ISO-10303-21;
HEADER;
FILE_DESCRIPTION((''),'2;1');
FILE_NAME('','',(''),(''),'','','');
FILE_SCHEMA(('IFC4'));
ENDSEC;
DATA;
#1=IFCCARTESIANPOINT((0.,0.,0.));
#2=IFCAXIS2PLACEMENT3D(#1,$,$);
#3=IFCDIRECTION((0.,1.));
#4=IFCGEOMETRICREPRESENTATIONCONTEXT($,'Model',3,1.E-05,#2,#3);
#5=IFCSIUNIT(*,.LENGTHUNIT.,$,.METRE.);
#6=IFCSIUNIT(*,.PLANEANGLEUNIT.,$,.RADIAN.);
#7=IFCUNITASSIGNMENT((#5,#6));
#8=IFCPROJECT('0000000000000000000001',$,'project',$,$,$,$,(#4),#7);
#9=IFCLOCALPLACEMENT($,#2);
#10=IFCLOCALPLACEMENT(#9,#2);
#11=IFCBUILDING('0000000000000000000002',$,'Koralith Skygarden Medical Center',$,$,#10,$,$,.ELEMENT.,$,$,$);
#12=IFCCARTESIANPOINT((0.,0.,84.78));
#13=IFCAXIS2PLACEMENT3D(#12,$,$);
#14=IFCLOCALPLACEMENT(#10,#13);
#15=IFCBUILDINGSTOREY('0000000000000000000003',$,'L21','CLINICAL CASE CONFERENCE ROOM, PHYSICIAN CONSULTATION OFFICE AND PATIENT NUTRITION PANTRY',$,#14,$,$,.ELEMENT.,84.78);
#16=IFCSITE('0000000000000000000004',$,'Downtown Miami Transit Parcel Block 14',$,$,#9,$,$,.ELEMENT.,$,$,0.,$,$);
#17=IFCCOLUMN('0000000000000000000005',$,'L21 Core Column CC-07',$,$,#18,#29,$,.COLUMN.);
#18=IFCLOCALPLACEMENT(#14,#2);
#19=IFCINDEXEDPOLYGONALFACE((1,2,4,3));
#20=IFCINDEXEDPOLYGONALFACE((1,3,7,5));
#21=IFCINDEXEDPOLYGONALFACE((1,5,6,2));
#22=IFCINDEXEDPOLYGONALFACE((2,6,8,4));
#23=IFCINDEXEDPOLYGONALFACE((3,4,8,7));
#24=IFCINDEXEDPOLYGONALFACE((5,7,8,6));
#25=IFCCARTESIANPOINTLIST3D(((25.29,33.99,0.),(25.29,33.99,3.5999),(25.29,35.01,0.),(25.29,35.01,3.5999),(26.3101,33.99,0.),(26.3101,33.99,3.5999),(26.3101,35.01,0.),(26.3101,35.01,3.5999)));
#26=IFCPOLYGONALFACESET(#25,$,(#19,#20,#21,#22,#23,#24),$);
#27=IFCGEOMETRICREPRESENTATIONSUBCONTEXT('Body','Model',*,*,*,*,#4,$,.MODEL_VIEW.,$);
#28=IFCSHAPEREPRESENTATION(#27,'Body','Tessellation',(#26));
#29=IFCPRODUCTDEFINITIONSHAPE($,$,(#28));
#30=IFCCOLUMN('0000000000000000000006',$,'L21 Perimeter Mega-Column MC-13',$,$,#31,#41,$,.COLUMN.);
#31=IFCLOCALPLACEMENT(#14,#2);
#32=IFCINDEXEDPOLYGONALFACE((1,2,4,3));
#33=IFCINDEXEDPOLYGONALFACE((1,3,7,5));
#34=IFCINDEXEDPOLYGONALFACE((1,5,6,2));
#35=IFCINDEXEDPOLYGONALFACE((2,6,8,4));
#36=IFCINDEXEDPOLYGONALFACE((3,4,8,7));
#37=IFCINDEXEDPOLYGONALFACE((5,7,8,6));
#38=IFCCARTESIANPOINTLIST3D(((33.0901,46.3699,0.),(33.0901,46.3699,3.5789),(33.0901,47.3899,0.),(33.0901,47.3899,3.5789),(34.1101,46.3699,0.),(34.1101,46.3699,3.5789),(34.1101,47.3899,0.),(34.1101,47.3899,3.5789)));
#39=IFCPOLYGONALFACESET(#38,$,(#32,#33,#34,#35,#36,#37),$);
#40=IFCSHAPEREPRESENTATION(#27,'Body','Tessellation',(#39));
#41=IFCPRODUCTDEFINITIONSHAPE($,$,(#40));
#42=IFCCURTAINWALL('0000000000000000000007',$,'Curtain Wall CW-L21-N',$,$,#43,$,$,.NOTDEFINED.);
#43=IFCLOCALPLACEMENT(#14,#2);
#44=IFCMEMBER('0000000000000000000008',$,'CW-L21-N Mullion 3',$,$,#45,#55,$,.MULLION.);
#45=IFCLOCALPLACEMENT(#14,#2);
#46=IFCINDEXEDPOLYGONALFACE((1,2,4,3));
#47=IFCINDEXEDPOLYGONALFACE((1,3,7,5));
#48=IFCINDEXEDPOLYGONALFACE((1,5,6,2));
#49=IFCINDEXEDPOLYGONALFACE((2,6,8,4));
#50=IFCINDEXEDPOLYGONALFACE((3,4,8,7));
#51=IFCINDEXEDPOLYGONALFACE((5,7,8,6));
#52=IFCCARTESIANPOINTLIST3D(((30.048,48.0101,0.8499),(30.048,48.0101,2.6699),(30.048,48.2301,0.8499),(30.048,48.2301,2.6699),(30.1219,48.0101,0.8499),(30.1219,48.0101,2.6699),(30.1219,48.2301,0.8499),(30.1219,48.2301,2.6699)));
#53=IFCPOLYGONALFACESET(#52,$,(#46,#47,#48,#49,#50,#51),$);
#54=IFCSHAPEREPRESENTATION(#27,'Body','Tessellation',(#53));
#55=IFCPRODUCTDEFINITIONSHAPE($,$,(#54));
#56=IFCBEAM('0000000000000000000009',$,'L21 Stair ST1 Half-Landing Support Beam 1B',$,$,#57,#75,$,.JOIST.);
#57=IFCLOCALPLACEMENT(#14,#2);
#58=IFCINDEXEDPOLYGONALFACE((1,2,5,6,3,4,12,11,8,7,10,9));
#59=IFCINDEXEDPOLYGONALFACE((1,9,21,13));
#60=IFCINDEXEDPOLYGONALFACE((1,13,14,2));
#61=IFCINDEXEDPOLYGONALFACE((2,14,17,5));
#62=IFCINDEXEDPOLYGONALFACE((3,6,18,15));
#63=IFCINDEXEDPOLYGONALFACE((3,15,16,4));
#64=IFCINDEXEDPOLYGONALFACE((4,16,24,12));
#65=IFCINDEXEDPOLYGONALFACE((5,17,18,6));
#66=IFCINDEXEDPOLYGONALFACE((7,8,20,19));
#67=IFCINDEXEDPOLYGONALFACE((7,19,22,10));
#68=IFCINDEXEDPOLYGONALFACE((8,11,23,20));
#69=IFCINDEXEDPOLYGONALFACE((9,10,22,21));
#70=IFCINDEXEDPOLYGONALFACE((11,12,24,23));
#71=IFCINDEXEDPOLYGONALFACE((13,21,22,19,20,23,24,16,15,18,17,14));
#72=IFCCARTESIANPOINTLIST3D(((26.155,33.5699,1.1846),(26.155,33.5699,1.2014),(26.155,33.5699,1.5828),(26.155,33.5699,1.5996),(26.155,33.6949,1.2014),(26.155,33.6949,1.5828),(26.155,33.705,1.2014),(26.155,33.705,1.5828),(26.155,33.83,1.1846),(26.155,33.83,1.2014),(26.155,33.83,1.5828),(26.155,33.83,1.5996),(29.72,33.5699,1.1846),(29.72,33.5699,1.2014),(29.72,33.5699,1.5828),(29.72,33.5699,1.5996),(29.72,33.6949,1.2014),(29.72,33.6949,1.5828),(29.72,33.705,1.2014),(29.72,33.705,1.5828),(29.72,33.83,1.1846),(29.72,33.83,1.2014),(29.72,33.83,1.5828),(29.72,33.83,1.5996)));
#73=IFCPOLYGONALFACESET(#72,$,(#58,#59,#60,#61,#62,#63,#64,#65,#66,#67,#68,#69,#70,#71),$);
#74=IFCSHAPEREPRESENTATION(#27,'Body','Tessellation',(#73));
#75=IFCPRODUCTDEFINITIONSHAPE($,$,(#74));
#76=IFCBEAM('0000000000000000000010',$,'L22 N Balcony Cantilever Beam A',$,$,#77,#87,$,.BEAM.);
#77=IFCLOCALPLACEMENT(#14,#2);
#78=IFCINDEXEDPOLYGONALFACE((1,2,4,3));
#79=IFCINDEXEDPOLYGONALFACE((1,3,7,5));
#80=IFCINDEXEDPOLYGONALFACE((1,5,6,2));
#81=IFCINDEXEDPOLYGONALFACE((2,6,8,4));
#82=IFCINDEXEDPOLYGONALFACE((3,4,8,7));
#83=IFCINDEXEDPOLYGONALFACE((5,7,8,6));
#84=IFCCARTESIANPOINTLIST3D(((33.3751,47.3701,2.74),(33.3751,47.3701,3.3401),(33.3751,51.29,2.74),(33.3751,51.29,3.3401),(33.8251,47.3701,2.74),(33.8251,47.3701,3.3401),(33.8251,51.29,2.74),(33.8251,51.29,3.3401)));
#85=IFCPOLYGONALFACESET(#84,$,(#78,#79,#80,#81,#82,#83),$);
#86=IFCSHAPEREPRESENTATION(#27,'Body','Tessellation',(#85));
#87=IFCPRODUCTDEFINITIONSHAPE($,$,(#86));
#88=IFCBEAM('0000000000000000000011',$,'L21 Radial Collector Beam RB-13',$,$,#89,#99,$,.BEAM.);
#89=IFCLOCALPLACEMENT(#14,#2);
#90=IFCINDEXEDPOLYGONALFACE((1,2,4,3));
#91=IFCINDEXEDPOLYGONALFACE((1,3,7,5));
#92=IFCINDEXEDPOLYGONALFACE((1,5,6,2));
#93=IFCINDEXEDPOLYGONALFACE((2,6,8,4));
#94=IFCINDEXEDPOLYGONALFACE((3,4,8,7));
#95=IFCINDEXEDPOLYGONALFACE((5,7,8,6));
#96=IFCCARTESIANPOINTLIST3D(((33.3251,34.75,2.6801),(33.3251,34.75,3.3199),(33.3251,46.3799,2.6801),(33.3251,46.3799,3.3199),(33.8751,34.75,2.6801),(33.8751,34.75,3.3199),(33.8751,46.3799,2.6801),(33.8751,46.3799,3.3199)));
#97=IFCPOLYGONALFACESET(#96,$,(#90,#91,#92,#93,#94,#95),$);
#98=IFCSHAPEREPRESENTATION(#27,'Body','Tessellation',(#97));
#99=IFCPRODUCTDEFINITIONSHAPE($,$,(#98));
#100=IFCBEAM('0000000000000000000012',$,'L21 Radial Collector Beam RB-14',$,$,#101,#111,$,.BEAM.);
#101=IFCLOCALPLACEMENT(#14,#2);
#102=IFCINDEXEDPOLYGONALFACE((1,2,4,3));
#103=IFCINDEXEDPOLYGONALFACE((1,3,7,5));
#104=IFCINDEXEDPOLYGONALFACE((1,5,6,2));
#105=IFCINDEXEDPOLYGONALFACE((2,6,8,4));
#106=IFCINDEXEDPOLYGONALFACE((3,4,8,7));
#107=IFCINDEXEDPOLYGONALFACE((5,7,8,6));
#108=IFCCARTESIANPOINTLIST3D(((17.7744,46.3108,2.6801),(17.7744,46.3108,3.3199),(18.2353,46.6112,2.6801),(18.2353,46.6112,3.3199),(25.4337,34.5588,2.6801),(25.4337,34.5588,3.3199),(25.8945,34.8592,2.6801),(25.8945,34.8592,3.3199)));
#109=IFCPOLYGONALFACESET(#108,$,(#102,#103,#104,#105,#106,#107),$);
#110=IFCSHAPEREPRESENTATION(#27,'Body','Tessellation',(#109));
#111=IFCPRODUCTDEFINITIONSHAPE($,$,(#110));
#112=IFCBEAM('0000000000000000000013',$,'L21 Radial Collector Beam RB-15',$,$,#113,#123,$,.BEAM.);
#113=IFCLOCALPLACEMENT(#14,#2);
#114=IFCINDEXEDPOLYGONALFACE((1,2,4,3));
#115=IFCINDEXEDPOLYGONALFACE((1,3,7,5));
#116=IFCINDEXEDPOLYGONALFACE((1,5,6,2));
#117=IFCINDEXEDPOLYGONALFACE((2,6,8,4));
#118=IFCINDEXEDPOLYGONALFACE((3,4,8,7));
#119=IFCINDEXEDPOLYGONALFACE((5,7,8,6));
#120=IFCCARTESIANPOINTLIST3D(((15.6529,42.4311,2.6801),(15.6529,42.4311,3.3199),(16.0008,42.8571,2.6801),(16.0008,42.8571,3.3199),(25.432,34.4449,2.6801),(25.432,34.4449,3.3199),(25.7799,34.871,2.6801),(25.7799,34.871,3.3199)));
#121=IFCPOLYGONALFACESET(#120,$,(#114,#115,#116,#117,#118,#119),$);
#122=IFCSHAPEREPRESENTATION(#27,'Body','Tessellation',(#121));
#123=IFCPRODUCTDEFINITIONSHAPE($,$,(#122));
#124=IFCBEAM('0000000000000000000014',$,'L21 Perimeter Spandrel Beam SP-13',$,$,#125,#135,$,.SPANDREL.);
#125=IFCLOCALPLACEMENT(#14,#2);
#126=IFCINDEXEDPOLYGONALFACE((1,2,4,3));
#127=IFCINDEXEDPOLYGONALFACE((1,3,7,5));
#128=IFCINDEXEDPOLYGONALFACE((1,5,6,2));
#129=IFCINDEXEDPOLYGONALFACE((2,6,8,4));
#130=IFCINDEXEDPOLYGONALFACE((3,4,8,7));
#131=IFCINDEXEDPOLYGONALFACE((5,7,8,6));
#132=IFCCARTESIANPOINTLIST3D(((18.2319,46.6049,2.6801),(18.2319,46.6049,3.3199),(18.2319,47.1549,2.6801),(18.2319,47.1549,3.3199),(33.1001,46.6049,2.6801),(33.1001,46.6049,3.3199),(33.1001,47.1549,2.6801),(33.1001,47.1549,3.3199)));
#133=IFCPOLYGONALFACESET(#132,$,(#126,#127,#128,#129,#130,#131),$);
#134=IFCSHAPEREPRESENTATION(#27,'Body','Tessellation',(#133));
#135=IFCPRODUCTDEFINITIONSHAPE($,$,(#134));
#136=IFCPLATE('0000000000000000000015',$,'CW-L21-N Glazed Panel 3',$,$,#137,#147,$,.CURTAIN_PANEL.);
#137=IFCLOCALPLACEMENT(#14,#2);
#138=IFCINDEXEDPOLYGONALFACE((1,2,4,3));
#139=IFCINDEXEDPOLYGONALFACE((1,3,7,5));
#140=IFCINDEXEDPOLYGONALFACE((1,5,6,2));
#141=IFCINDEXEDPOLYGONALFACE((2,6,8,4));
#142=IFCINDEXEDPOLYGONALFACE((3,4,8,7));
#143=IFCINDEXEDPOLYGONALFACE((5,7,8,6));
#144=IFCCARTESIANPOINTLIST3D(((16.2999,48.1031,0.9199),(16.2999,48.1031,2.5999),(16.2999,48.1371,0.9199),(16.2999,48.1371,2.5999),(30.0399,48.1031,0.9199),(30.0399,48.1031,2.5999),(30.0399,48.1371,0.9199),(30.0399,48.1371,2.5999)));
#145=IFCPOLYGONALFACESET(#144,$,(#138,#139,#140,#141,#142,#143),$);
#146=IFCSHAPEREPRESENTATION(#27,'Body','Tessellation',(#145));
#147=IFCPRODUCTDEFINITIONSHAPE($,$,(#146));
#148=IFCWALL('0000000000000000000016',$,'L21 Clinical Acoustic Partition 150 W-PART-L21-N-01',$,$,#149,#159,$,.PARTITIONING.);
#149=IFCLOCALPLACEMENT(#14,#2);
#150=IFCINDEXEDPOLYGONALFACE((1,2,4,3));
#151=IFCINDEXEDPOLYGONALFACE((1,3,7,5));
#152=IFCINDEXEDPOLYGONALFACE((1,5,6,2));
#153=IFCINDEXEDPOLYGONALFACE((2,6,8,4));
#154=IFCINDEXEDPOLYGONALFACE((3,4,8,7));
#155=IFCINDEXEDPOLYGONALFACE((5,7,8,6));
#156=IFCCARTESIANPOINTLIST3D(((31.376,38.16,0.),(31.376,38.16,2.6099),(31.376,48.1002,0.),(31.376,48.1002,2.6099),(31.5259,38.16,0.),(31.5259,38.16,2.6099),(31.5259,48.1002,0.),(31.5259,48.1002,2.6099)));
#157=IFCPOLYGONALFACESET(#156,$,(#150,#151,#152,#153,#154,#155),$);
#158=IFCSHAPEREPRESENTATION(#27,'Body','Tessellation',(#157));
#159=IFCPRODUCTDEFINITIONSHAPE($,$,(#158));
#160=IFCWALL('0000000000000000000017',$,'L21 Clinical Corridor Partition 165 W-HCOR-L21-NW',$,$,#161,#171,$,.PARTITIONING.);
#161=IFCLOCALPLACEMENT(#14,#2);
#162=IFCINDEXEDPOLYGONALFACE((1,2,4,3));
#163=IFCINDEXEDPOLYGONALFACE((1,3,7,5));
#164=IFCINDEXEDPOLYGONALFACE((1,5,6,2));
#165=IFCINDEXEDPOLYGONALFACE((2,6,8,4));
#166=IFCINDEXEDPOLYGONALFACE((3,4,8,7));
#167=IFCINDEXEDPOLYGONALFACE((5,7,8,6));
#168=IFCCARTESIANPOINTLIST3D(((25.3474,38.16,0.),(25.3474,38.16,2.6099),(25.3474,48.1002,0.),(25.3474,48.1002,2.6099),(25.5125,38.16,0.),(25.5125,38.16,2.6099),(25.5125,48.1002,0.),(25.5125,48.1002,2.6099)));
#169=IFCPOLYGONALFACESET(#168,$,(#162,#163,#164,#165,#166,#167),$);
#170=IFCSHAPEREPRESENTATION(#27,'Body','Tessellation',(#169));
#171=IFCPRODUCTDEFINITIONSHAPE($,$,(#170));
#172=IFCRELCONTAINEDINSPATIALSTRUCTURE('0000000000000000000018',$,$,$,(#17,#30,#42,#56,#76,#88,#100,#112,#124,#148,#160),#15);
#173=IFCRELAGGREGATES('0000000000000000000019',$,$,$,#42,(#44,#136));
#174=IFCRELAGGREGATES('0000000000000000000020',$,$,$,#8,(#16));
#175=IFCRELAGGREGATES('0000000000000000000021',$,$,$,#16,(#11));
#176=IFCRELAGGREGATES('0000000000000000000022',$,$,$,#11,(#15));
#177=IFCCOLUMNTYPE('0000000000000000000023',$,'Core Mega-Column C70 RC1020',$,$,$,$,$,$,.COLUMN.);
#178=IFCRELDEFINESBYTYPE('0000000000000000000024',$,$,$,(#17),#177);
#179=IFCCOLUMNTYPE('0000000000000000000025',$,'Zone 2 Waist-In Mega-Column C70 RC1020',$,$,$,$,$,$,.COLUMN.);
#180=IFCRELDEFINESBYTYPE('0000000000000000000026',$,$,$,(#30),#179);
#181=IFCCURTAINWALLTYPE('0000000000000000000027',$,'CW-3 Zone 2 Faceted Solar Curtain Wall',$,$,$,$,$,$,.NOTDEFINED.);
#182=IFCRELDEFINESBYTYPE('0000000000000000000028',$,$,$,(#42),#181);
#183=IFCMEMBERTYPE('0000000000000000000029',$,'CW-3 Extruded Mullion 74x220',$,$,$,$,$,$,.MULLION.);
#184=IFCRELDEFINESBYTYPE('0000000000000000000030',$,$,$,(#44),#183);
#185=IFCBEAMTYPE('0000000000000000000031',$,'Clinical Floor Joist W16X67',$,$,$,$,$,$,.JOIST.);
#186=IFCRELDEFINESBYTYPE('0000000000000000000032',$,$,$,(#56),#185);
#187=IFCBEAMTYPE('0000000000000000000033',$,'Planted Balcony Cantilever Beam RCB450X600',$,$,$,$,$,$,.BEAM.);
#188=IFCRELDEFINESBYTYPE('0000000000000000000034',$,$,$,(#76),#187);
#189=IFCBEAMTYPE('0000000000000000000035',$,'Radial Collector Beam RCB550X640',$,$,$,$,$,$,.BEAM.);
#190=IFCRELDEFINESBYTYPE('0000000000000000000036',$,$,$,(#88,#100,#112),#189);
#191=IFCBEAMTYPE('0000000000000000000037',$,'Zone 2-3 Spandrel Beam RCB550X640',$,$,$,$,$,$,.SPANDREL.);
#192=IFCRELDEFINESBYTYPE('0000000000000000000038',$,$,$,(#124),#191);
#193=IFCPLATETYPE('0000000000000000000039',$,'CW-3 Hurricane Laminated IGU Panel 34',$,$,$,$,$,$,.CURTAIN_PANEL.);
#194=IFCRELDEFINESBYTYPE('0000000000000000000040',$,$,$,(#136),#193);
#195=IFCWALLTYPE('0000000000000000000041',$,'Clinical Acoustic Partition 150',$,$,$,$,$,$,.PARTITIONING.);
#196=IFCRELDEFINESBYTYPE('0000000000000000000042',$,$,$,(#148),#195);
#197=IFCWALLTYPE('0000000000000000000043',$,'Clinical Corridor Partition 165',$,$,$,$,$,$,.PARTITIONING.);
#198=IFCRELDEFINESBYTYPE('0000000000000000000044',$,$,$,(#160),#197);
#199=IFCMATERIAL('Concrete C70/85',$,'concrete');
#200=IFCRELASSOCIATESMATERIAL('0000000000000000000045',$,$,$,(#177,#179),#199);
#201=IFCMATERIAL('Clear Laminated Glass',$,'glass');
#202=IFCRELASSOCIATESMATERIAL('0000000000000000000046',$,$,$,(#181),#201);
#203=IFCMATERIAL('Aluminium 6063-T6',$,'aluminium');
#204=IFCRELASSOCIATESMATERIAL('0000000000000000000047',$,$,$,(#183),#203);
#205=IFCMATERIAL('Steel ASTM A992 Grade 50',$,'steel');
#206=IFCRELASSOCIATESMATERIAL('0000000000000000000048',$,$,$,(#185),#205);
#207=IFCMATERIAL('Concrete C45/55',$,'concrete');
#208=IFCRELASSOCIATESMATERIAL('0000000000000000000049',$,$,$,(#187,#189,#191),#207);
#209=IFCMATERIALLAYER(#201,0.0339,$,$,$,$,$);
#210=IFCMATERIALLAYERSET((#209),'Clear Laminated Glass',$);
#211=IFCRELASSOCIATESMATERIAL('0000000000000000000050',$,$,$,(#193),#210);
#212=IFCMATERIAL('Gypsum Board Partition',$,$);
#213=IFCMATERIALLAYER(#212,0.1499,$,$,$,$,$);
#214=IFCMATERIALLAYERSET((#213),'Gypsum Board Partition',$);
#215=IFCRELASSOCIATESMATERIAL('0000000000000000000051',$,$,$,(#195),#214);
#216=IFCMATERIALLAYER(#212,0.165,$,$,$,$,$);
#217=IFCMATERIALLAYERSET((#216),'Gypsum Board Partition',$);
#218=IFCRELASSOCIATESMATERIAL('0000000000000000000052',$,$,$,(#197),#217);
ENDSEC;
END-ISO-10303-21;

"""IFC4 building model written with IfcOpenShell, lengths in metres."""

from ifc_helpers import new_model, si_unit, direction, frame, frame_2d, origin, origin_2d, place, context, subcontext, project, spatial, rectangle, i_section, extrude, material, layer, layer_set, material_profile, profile_set, type_object, element, aggregate, save


model = new_model("IFC4")

# Units and contexts
model_context = context("Model", 3, precision=1e-05, world=origin(), true_north=direction((0.0, 1.0)))
body_context = subcontext(model_context, "Body", "Model", "MODEL_VIEW")
ifc_project = project(units=[si_unit("LENGTHUNIT", "METRE"), si_unit("PLANEANGLEUNIT", "RADIAN")], contexts=[model_context])

# Site, building, storey
site_placement = place(None, origin())
site = spatial("IfcSite", under=ifc_project, at=site_placement, Name="Downtown Miami Transit Parcel Block 14", CompositionType="ELEMENT", RefElevation=0.0)
building_placement = place(site_placement, origin())
building = spatial("IfcBuilding", under=site, at=building_placement, Name="Koralith Skygarden Medical Center", CompositionType="ELEMENT")
storey_placement = place(building_placement, frame((0.0, 0.0, 84.78)))
storey = spatial("IfcBuildingStorey", under=building, at=storey_placement, Name="L21", Description="CLINICAL CASE CONFERENCE ROOM, PHYSICIAN CONSULTATION OFFICE AND PATIENT NUTRITION PANTRY", CompositionType="ELEMENT", Elevation=84.78)

# Columns
ifc_material_1 = material(Name="Concrete C70/85", Category="concrete")
ifc_material_profile_1 = material_profile(ifc_material_1, rectangle(XDim=1.02, YDim=1.02, at=origin_2d()), Name="RC1020X1020")
ifc_profile_set_1 = profile_set([ifc_material_profile_1], Name="Concrete C70/85")
column_type_1 = type_object("IfcColumnType", Name="Core Mega-Column C70 RC1020", PredefinedType="COLUMN", material=ifc_profile_set_1)
column_1_placement = place(storey_placement, frame((25.8, 34.5, 0.0), z_axis=(0.0, 0.0, 1.0), x_axis=(1.0, 0.0, 0.0)))
element("IfcColumn", 1, at=column_1_placement, inside=storey, type_object=column_type_1, Name="L21 Core Column CC-07", PredefinedType="COLUMN", context=body_context, shape_type="SweptSolid", body=[
    extrude(rectangle(XDim=1.02, YDim=1.02, at=origin_2d()), origin(), (0.0, 0.0, 1.0), 3.5999),
])
ifc_material_profile_2 = material_profile(ifc_material_1, rectangle(XDim=1.02, YDim=1.02, at=origin_2d()), Name="RC1020X1020")
ifc_profile_set_2 = profile_set([ifc_material_profile_2], Name="Concrete C70/85")
column_type_2 = type_object("IfcColumnType", Name="Zone 2 Waist-In Mega-Column C70 RC1020", PredefinedType="COLUMN", material=ifc_profile_set_2)
column_2_placement = place(storey_placement, frame((33.6001, 46.8799, 0.0), z_axis=(0.0, 0.0, 1.0), x_axis=(1.0, 0.0, 0.0)))
element("IfcColumn", 2, at=column_2_placement, inside=storey, type_object=column_type_2, Name="L21 Perimeter Mega-Column MC-13", PredefinedType="COLUMN", context=body_context, shape_type="SweptSolid", body=[
    extrude(rectangle(XDim=1.02, YDim=1.02, at=origin_2d()), origin(), (0.0, 0.0, 1.0), 3.5789),
])

# Curtain wall, member
ifc_material_2 = material(Name="Clear Laminated Glass", Category="glass")
curtain_wall_type = type_object("IfcCurtainWallType", Name="CW-3 Zone 2 Faceted Solar Curtain Wall", PredefinedType="NOTDEFINED", material=ifc_material_2)
curtain_wall_placement = place(storey_placement, origin())
curtain_wall = element("IfcCurtainWall", 3, at=curtain_wall_placement, inside=storey, type_object=curtain_wall_type, Name="Curtain Wall CW-L21-N", PredefinedType="NOTDEFINED")
ifc_material_3 = material(Name="Aluminium 6063-T6", Category="aluminium")
ifc_material_profile_3 = material_profile(ifc_material_3, rectangle(XDim=0.074, YDim=0.22, at=origin_2d()), Name="MUL74X220")
ifc_profile_set_3 = profile_set([ifc_material_profile_3], Name="Aluminium 6063-T6")
member_type = type_object("IfcMemberType", Name="CW-3 Extruded Mullion 74x220", PredefinedType="MULLION", material=ifc_profile_set_3)
member_placement = place(storey_placement, frame((30.085, 48.1201, 0.8499), z_axis=(0.0, 0.0, 1.0), x_axis=(1.0, 0.0, 0.0)))
member = element("IfcMember", 4, at=member_placement, type_object=member_type, Name="CW-L21-N Mullion 3", PredefinedType="MULLION", context=body_context, shape_type="SweptSolid", body=[
    extrude(rectangle(XDim=0.074, YDim=0.22, at=origin_2d()), origin(), (0.0, 0.0, 1.0), 1.8201),
])

# Beams
ifc_material_4 = material(Name="Steel ASTM A992 Grade 50", Category="steel")
ifc_material_profile_4 = material_profile(ifc_material_4, i_section(OverallWidth=0.26, OverallDepth=0.415, WebThickness=0.01, FlangeThickness=0.0168, at=origin_2d()), Name="W16X67")
ifc_profile_set_4 = profile_set([ifc_material_profile_4], Name="Steel ASTM A992 Grade 50")
beam_type_1 = type_object("IfcBeamType", Name="Clinical Floor Joist W16X67", PredefinedType="JOIST", material=ifc_profile_set_4)
beam_1_placement = place(storey_placement, frame((26.155, 33.7, 1.3921), z_axis=(1.0, 0.0, 0.0), x_axis=(0.0, 1.0, 0.0)))
element("IfcBeam", 5, at=beam_1_placement, inside=storey, type_object=beam_type_1, Name="L21 Stair ST1 Half-Landing Support Beam 1B", PredefinedType="JOIST", context=body_context, shape_type="SweptSolid", body=[
    extrude(i_section(OverallWidth=0.26, OverallDepth=0.415, WebThickness=0.01, FlangeThickness=0.0168, at=origin_2d()), origin(), (0.0, 0.0, 1.0), 3.5649),
])
ifc_material_5 = material(Name="Concrete C45/55", Category="concrete")
ifc_material_profile_5 = material_profile(ifc_material_5, rectangle(XDim=0.45, YDim=0.6001, at=origin_2d()), Name="RCB450X600")
ifc_profile_set_5 = profile_set([ifc_material_profile_5], Name="Concrete C45/55")
beam_type_2 = type_object("IfcBeamType", Name="Planted Balcony Cantilever Beam RCB450X600", PredefinedType="BEAM", material=ifc_profile_set_5)
beam_2_placement = place(storey_placement, frame((33.6001, 47.3701, 3.04), z_axis=(0.0, 1.0, 0.0), x_axis=(-1.0, 0.0, 0.0)))
element("IfcBeam", 6, at=beam_2_placement, inside=storey, type_object=beam_type_2, Name="L22 N Balcony Cantilever Beam A", PredefinedType="BEAM", context=body_context, shape_type="SweptSolid", body=[
    extrude(rectangle(XDim=0.45, YDim=0.6001, at=origin_2d()), origin(), (0.0, 0.0, 1.0), 3.9199),
])
ifc_material_profile_6 = material_profile(ifc_material_5, rectangle(XDim=0.55, YDim=0.6399, at=origin_2d()), Name="RCB550X640")
ifc_profile_set_6 = profile_set([ifc_material_profile_6], Name="Concrete C45/55")
beam_type_3 = type_object("IfcBeamType", Name="Radial Collector Beam RCB550X640", PredefinedType="BEAM", material=ifc_profile_set_6)
beam_3_placement = place(storey_placement, frame((33.6001, 34.75, 3.0), z_axis=(0.0, 1.0, 0.0), x_axis=(-1.0, 0.0, 0.0)))
element("IfcBeam", 7, at=beam_3_placement, inside=storey, type_object=beam_type_3, Name="L21 Radial Collector Beam RB-13", PredefinedType="BEAM", context=body_context, shape_type="SweptSolid", body=[
    extrude(rectangle(XDim=0.55, YDim=0.6399, at=origin_2d()), origin(), (0.0, 0.0, 1.0), 11.6299),
])
beam_4_placement = place(storey_placement, frame((25.6641, 34.709, 3.0), z_axis=(-0.546011, 0.837778, 0.0), x_axis=(-0.837778, -0.546011, 0.0)))
element("IfcBeam", 8, at=beam_4_placement, inside=storey, type_object=beam_type_3, Name="L21 Radial Collector Beam RB-14", PredefinedType="BEAM", context=body_context, shape_type="SweptSolid", body=[
    extrude(rectangle(XDim=0.55, YDim=0.6399, at=origin_2d()), origin(), (0.0, 0.0, 1.0), 14.0276),
])
beam_5_placement = place(storey_placement, frame((25.606, 34.658, 3.0), z_axis=(-0.774538, 0.632528, 0.0), x_axis=(-0.632528, -0.774538, 0.0)))
element("IfcBeam", 9, at=beam_5_placement, inside=storey, type_object=beam_type_3, Name="L21 Radial Collector Beam RB-15", PredefinedType="BEAM", context=body_context, shape_type="SweptSolid", body=[
    extrude(rectangle(XDim=0.55, YDim=0.6399, at=origin_2d()), origin(), (0.0, 0.0, 1.0), 12.6257),
])
ifc_material_profile_7 = material_profile(ifc_material_5, rectangle(XDim=0.55, YDim=0.6399, at=origin_2d()), Name="RCB550X640")
ifc_profile_set_7 = profile_set([ifc_material_profile_7], Name="Concrete C45/55")
beam_type_4 = type_object("IfcBeamType", Name="Zone 2-3 Spandrel Beam RCB550X640", PredefinedType="SPANDREL", material=ifc_profile_set_7)
beam_6_placement = place(storey_placement, frame((33.1001, 46.8799, 3.0), z_axis=(-1.0, 0.0, 0.0), x_axis=(0.0, -1.0, 0.0)))
element("IfcBeam", 10, at=beam_6_placement, inside=storey, type_object=beam_type_4, Name="L21 Perimeter Spandrel Beam SP-13", PredefinedType="SPANDREL", context=body_context, shape_type="SweptSolid", body=[
    extrude(rectangle(XDim=0.55, YDim=0.6399, at=origin_2d()), origin(), (0.0, 0.0, 1.0), 14.8682),
])

# Plate
ifc_layer_1 = layer(ifc_material_2, 0.0339)
ifc_layer_set_1 = layer_set([ifc_layer_1], Name="Clear Laminated Glass")
plate_type = type_object("IfcPlateType", Name="CW-3 Hurricane Laminated IGU Panel 34", PredefinedType="CURTAIN_PANEL", material=ifc_layer_set_1)
plate_placement = place(storey_placement, frame((23.1699, 48.1201, 0.9199), z_axis=(0.0, 0.0, 1.0), x_axis=(-1.0, 0.0, 0.0)))
plate = element("IfcPlate", 11, at=plate_placement, type_object=plate_type, Name="CW-L21-N Glazed Panel 3", PredefinedType="CURTAIN_PANEL", context=body_context, shape_type="SweptSolid", body=[
    extrude(rectangle(XDim=13.74, YDim=0.0339, at=origin_2d()), origin(), (0.0, 0.0, 1.0), 1.6799),
])
aggregate(curtain_wall, [member, plate])

# Walls
ifc_material_6 = material(Name="Gypsum Board Partition")
ifc_layer_2 = layer(ifc_material_6, 0.1499)
ifc_layer_set_2 = layer_set([ifc_layer_2], Name="Gypsum Board Partition")
wall_type_1 = type_object("IfcWallType", Name="Clinical Acoustic Partition 150", PredefinedType="PARTITIONING", material=ifc_layer_set_2)
wall_1_placement = place(storey_placement, frame((31.4509, 38.1599, 0.0), z_axis=(0.0, 0.0, 1.0), x_axis=(0.0, 1.0, 0.0)))
element("IfcWall", 12, at=wall_1_placement, inside=storey, type_object=wall_type_1, Name="L21 Clinical Acoustic Partition 150 W-PART-L21-N-01", PredefinedType="PARTITIONING", context=body_context, shape_type="SweptSolid", body=[
    extrude(rectangle(XDim=9.9402, YDim=0.1499, at=frame_2d((4.9702, 0.0))), origin(), (0.0, 0.0, 1.0), 2.6099),
])
ifc_layer_3 = layer(ifc_material_6, 0.165)
ifc_layer_set_3 = layer_set([ifc_layer_3], Name="Gypsum Board Partition")
wall_type_2 = type_object("IfcWallType", Name="Clinical Corridor Partition 165", PredefinedType="PARTITIONING", material=ifc_layer_set_3)
wall_2_placement = place(storey_placement, frame((25.4299, 38.1599, 0.0), z_axis=(0.0, 0.0, 1.0), x_axis=(0.0, 1.0, 0.0)))
element("IfcWall", 13, at=wall_2_placement, inside=storey, type_object=wall_type_2, Name="L21 Clinical Corridor Partition 165 W-HCOR-L21-NW", PredefinedType="PARTITIONING", context=body_context, shape_type="SweptSolid", body=[
    extrude(rectangle(XDim=9.9402, YDim=0.165, at=frame_2d((4.9702, 0.0))), origin(), (0.0, 0.0, 1.0), 2.6099),
])

save(model, "model.ifc")
